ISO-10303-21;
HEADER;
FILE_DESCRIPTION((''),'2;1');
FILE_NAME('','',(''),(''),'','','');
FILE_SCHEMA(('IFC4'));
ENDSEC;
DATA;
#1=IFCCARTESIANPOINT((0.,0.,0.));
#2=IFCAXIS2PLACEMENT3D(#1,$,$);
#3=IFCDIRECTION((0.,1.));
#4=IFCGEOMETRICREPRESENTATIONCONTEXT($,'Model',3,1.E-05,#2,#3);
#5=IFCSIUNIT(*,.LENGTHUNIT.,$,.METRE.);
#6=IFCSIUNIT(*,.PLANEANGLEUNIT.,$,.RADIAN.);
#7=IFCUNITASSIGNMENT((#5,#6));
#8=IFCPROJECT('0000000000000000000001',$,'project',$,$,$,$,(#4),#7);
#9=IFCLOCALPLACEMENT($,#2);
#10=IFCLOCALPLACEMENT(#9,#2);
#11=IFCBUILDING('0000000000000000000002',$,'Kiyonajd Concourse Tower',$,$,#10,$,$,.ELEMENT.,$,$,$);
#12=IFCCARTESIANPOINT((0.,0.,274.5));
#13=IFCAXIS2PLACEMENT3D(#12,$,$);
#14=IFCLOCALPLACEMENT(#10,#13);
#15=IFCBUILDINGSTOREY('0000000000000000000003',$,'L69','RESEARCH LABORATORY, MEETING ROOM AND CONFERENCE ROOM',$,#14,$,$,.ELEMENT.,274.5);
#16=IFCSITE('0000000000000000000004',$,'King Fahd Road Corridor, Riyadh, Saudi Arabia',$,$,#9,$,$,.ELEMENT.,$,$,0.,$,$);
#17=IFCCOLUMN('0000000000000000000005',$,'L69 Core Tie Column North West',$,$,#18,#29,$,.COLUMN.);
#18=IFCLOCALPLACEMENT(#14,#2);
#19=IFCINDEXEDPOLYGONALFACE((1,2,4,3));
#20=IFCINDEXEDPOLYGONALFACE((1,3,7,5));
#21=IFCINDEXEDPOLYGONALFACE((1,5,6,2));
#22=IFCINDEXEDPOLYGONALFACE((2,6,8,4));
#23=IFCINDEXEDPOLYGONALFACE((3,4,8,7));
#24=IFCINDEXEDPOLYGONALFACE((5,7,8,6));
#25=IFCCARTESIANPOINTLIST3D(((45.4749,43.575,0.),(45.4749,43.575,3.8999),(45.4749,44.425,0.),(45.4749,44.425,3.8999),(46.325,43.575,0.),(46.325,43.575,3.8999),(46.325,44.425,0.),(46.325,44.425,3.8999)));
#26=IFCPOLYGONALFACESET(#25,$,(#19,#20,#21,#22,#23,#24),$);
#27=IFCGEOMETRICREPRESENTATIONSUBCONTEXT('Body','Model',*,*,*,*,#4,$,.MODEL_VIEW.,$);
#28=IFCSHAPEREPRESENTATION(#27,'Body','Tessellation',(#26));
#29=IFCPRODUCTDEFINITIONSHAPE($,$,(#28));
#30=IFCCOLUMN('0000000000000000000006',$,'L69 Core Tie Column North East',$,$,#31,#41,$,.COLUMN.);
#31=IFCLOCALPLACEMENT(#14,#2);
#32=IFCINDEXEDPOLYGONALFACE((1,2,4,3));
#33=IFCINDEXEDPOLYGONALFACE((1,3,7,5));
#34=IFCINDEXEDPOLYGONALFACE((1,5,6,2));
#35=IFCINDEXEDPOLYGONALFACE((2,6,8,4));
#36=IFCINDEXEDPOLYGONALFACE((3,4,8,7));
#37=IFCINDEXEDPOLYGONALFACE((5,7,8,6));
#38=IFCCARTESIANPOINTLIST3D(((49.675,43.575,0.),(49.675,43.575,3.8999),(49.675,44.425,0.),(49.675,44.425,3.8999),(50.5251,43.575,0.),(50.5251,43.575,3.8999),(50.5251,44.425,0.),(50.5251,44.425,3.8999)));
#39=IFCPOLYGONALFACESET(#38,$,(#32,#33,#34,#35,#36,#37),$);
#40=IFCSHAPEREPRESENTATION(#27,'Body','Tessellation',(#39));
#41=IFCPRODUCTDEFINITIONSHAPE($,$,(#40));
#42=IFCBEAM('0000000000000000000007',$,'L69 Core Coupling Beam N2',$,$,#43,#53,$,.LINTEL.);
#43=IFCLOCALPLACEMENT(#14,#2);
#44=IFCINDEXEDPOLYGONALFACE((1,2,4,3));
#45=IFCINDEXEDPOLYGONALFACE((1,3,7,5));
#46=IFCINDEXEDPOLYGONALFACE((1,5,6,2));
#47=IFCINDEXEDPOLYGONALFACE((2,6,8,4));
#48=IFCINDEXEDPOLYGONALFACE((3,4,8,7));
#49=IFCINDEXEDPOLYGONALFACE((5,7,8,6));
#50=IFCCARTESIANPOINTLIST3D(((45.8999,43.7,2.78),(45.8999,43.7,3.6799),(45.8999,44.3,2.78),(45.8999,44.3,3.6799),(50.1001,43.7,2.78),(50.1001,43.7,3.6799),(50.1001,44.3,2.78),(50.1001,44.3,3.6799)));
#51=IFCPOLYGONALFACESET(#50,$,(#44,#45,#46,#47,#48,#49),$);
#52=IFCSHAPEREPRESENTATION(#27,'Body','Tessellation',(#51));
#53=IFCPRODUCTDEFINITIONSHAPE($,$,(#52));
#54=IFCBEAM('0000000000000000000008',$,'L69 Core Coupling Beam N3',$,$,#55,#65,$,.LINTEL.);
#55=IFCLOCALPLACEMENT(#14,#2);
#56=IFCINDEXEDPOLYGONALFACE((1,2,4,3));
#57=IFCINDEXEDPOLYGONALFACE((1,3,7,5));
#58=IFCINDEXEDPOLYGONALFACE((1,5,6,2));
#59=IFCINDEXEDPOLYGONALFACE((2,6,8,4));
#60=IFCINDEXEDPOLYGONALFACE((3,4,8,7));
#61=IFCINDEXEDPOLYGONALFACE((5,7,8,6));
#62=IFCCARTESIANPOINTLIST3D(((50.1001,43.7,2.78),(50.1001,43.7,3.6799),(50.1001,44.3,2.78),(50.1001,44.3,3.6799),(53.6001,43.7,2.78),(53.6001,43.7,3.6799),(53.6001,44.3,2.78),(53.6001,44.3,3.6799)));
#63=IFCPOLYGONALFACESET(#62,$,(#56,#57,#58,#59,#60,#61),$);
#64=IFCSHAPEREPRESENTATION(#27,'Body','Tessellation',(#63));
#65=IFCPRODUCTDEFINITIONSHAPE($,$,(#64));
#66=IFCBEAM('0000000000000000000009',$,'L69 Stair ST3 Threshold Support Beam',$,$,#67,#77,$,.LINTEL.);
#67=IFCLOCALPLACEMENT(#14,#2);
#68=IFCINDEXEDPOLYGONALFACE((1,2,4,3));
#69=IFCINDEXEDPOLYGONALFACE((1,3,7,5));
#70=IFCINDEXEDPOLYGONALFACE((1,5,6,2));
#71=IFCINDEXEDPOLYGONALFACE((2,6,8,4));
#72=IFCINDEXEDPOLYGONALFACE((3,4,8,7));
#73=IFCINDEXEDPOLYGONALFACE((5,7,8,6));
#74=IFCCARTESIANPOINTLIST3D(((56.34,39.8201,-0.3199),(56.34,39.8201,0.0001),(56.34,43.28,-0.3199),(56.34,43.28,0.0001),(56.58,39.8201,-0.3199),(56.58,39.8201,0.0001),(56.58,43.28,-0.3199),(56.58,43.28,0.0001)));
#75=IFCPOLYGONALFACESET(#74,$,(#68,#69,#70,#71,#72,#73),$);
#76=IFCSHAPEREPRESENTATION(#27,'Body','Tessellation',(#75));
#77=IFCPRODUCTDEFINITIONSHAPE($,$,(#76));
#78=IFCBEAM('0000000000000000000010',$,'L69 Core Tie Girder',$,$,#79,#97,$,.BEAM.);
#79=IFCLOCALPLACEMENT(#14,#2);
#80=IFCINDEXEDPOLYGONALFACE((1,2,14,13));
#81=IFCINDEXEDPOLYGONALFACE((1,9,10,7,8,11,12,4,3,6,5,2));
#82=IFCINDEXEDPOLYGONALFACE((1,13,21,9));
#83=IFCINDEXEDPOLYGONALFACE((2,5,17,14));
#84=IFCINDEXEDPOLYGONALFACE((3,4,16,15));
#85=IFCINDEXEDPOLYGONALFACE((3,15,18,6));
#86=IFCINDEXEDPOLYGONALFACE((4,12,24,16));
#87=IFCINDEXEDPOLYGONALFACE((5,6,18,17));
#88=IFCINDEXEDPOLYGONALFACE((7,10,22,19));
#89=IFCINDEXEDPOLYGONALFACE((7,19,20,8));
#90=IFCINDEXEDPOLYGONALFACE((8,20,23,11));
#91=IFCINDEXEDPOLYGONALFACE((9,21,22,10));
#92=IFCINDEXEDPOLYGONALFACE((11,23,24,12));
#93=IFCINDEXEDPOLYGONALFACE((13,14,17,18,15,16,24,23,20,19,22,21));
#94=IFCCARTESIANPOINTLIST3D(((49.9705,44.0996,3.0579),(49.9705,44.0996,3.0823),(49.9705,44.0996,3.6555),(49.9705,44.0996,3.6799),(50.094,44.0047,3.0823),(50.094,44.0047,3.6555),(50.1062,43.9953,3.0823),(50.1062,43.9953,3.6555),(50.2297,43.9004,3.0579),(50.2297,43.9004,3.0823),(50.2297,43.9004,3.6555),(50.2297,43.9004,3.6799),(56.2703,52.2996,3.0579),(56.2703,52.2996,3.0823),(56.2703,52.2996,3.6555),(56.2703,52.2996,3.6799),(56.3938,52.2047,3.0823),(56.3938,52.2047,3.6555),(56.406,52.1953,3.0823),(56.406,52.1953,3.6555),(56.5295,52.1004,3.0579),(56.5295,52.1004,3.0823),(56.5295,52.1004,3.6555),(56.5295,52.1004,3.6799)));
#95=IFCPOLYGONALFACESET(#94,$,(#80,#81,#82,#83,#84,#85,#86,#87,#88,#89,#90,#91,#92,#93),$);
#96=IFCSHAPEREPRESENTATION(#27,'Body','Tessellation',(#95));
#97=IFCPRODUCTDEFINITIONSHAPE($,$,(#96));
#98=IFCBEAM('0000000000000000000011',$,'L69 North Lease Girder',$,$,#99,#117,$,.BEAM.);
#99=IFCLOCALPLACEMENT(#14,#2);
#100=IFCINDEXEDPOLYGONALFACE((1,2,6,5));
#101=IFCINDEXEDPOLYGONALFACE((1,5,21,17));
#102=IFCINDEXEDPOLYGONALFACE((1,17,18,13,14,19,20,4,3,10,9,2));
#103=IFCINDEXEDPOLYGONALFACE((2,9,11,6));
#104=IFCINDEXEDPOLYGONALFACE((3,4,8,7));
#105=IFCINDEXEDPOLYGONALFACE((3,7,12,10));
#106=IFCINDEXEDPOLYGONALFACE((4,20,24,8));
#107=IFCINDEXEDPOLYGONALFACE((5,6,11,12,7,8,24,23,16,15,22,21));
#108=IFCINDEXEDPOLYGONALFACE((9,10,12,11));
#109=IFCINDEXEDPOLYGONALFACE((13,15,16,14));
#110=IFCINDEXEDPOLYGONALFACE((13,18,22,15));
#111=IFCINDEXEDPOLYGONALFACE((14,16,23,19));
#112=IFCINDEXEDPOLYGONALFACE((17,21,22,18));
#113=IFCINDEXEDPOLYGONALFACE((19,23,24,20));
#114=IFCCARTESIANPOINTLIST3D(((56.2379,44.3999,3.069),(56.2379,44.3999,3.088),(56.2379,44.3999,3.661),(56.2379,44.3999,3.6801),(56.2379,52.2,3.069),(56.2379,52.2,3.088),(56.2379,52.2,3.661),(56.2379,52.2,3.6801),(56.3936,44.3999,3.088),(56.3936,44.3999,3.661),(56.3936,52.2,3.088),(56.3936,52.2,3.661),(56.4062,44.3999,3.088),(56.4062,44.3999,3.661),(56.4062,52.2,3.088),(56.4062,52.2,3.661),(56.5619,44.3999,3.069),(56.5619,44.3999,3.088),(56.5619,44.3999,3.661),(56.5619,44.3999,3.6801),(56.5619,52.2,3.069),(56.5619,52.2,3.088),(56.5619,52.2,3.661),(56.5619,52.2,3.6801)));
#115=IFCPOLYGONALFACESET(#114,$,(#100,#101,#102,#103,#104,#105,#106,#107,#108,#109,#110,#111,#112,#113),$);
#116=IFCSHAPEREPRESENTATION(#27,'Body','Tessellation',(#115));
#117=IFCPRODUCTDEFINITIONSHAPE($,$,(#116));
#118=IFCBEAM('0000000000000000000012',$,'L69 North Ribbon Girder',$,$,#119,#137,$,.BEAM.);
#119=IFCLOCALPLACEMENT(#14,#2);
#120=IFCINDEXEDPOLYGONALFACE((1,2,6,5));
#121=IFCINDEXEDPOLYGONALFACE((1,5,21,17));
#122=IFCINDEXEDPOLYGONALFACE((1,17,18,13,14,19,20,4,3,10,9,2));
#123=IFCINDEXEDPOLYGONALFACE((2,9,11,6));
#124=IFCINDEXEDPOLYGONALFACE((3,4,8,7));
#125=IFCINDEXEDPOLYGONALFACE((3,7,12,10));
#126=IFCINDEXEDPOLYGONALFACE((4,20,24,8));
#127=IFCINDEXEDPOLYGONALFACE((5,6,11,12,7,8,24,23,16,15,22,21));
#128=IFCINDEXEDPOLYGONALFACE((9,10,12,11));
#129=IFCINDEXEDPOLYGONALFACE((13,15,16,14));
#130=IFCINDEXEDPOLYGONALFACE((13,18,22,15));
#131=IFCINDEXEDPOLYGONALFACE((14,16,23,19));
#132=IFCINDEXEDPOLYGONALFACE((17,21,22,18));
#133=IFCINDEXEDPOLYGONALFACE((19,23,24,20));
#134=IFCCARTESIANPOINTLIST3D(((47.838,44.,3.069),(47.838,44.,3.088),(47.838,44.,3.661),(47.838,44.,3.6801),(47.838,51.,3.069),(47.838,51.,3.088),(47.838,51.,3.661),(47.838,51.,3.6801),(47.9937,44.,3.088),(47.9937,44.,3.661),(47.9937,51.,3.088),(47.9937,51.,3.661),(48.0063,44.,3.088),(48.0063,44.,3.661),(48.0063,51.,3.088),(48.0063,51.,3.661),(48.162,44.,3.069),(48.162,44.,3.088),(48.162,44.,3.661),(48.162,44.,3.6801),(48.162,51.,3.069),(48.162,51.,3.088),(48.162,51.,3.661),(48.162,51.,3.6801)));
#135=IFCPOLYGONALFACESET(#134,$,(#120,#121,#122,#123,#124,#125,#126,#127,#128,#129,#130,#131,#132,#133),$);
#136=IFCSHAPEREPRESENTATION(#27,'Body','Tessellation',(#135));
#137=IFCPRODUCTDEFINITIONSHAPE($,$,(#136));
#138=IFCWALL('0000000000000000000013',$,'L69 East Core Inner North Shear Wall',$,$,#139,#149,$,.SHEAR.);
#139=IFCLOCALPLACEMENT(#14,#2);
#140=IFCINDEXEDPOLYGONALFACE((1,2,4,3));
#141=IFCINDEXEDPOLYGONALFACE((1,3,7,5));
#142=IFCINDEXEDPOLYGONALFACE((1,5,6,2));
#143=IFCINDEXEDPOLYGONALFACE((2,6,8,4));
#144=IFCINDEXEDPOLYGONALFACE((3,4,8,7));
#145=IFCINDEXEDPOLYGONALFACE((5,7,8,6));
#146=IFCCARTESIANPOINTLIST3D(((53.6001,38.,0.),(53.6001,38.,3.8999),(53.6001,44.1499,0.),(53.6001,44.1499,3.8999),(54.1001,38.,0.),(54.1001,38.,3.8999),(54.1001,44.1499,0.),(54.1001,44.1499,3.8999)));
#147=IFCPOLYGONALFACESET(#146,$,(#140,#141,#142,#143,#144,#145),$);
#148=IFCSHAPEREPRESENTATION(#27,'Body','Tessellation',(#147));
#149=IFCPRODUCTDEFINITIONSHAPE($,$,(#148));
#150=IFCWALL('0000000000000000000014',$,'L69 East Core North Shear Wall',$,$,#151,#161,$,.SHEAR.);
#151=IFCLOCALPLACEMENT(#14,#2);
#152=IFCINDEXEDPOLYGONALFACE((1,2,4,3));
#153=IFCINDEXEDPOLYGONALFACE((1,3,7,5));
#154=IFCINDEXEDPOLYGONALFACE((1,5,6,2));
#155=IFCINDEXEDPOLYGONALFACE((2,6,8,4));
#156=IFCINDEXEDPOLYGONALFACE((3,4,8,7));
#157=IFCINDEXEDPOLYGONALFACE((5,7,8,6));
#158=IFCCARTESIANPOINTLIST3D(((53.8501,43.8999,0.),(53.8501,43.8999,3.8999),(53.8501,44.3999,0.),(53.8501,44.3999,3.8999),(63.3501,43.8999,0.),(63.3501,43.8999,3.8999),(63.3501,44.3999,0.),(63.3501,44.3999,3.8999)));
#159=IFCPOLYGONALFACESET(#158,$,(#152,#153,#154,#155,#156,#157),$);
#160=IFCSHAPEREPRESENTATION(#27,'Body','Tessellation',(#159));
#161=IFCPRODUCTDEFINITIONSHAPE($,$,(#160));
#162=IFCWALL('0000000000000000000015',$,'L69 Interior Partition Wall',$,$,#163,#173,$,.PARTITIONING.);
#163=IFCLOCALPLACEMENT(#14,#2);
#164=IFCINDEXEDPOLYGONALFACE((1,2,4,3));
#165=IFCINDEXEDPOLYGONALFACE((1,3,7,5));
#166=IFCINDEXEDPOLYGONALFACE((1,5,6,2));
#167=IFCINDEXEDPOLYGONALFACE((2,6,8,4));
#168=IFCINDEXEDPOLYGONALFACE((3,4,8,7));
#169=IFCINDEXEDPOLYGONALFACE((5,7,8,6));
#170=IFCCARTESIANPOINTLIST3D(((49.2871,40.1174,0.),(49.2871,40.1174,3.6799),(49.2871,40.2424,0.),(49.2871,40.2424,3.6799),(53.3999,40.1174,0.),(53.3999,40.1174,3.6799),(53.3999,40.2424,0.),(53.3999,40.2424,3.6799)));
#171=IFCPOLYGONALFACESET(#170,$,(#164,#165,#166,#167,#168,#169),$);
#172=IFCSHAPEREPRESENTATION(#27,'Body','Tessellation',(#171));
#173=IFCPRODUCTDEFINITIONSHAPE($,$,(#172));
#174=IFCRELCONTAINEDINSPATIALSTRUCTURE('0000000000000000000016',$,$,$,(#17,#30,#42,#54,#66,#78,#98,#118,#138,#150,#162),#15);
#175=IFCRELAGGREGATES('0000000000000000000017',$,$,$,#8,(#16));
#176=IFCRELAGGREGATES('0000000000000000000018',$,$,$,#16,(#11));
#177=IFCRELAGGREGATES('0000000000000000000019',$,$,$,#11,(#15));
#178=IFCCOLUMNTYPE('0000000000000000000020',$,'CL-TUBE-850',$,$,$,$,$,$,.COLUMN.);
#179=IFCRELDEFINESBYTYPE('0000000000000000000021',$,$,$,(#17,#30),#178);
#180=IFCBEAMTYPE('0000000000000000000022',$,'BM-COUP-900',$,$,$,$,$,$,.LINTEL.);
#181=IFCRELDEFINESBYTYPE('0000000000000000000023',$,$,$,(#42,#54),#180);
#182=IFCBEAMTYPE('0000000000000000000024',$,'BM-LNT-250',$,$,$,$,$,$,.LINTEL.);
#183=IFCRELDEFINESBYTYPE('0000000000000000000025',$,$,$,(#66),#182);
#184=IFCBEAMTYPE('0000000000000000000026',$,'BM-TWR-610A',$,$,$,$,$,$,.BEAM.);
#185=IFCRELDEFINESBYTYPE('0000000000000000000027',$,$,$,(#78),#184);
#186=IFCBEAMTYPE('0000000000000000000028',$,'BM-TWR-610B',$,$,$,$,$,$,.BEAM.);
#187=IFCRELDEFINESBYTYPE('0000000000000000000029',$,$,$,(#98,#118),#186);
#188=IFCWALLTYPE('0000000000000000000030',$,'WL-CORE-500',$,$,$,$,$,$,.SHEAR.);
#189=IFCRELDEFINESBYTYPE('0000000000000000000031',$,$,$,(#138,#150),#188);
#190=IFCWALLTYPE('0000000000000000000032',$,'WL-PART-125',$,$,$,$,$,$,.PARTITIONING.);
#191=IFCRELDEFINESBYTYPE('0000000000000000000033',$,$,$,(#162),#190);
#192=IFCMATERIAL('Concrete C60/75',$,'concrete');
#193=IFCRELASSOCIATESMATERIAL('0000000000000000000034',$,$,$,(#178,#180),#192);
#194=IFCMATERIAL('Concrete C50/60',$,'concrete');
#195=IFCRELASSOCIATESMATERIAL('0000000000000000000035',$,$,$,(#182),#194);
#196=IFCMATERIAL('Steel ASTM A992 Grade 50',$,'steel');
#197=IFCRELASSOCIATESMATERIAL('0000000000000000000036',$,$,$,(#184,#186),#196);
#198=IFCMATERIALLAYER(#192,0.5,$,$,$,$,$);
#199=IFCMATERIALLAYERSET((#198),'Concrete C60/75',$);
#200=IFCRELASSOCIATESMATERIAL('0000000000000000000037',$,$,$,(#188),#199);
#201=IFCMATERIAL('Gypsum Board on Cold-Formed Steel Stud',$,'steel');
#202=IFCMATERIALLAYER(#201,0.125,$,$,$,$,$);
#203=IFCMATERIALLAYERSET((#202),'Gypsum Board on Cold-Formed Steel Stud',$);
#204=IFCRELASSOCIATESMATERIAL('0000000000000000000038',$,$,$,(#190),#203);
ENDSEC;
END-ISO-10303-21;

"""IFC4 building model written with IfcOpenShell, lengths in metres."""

from ifc_helpers import new_model, si_unit, direction, frame, frame_2d, origin, origin_2d, place, context, subcontext, project, spatial, rectangle, i_section, extrude, material, layer, layer_set, material_profile, profile_set, type_object, element, save


model = new_model("IFC4")

# Units and contexts
model_context = context("Model", 3, precision=1e-05, world=origin(), true_north=direction((0.0, 1.0)))
body_context = subcontext(model_context, "Body", "Model", "MODEL_VIEW")
ifc_project = project(units=[si_unit("LENGTHUNIT", "METRE"), si_unit("PLANEANGLEUNIT", "RADIAN")], contexts=[model_context])

# Site, building, storey
site_placement = place(None, origin())
site = spatial("IfcSite", under=ifc_project, at=site_placement, Name="King Fahd Road Corridor, Riyadh, Saudi Arabia", CompositionType="ELEMENT", RefElevation=0.0)
building_placement = place(site_placement, origin())
building = spatial("IfcBuilding", under=site, at=building_placement, Name="Kiyonajd Concourse Tower", CompositionType="ELEMENT")
storey_placement = place(building_placement, frame((0.0, 0.0, 274.5)))
storey = spatial("IfcBuildingStorey", under=building, at=storey_placement, Name="L69", Description="RESEARCH LABORATORY, MEETING ROOM AND CONFERENCE ROOM", CompositionType="ELEMENT", Elevation=274.5)

# Columns
ifc_material_1 = material(Name="Concrete C60/75", Category="concrete")
ifc_material_profile_1 = material_profile(ifc_material_1, rectangle(XDim=0.8501, YDim=0.8501, at=origin_2d()), Name="RC-850x850")
ifc_profile_set_1 = profile_set([ifc_material_profile_1], Name="Concrete C60/75")
column_type = type_object("IfcColumnType", Name="CL-TUBE-850", PredefinedType="COLUMN", material=ifc_profile_set_1)
for number, where, z_axis, x_axis, name in (
    (1, (45.8999, 44.0, 0.0), (0.0, 0.0, 1.0), (1.0, 0.0, 0.0), "L69 Core Tie Column North West"),
    (2, (50.1001, 44.0, 0.0), (0.0, 0.0, 1.0), (1.0, 0.0, 0.0), "L69 Core Tie Column North East"),
):
    element("IfcColumn", number, at=place(storey_placement, frame(where, z_axis=z_axis, x_axis=x_axis)), inside=storey, type_object=column_type, Name=name, PredefinedType="COLUMN", context=body_context, shape_type="SweptSolid", body=[
        extrude(rectangle(XDim=0.8501, YDim=0.8501, at=origin_2d()), origin(), (0.0, 0.0, 1.0), 3.8999),
    ])

# Beams
ifc_material_profile_2 = material_profile(ifc_material_1, rectangle(XDim=0.6001, YDim=0.8999, at=origin_2d()), Name="RCBM-600x900")
ifc_profile_set_2 = profile_set([ifc_material_profile_2], Name="Concrete C60/75")
beam_type_1 = type_object("IfcBeamType", Name="BM-COUP-900", PredefinedType="LINTEL", material=ifc_profile_set_2)
beam_1_placement = place(storey_placement, frame((45.8999, 44.0, 3.23), z_axis=(1.0, 0.0, 0.0), x_axis=(0.0, 1.0, 0.0)))
element("IfcBeam", 3, at=beam_1_placement, inside=storey, type_object=beam_type_1, Name="L69 Core Coupling Beam N2", PredefinedType="LINTEL", context=body_context, shape_type="SweptSolid", body=[
    extrude(rectangle(XDim=0.6001, YDim=0.8999, at=origin_2d()), origin(), (0.0, 0.0, 1.0), 4.2002),
])
beam_2_placement = place(storey_placement, frame((50.1001, 44.0, 3.23), z_axis=(1.0, 0.0, 0.0), x_axis=(0.0, 1.0, 0.0)))
element("IfcBeam", 4, at=beam_2_placement, inside=storey, type_object=beam_type_1, Name="L69 Core Coupling Beam N3", PredefinedType="LINTEL", context=body_context, shape_type="SweptSolid", body=[
    extrude(rectangle(XDim=0.6001, YDim=0.8999, at=origin_2d()), origin(), (0.0, 0.0, 1.0), 3.5),
])
ifc_material_2 = material(Name="Concrete C50/60", Category="concrete")
ifc_material_profile_3 = material_profile(ifc_material_2, rectangle(XDim=0.24, YDim=0.3201, at=origin_2d()), Name="RCBM-240x320")
ifc_profile_set_3 = profile_set([ifc_material_profile_3], Name="Concrete C50/60")
beam_type_2 = type_object("IfcBeamType", Name="BM-LNT-250", PredefinedType="LINTEL", material=ifc_profile_set_3)
beam_3_placement = place(storey_placement, frame((56.46, 39.8201, -0.1599), z_axis=(0.0, 1.0, 0.0), x_axis=(-1.0, 0.0, 0.0)))
element("IfcBeam", 5, at=beam_3_placement, inside=storey, type_object=beam_type_2, Name="L69 Stair ST3 Threshold Support Beam", PredefinedType="LINTEL", context=body_context, shape_type="SweptSolid", body=[
    extrude(rectangle(XDim=0.24, YDim=0.3201, at=origin_2d()), origin(), (0.0, 0.0, 1.0), 3.46),
])
ifc_material_3 = material(Name="Steel ASTM A992 Grade 50", Category="steel")
ifc_material_profile_4 = material_profile(ifc_material_3, i_section(OverallWidth=0.3269, OverallDepth=0.6221, WebThickness=0.0154, FlangeThickness=0.0244, at=origin_2d()), Name="W610X195")
ifc_profile_set_4 = profile_set([ifc_material_profile_4], Name="Steel ASTM A992 Grade 50")
beam_type_3 = type_object("IfcBeamType", Name="BM-TWR-610A", PredefinedType="BEAM", material=ifc_profile_set_4)
beam_4_placement = place(storey_placement, frame((50.1001, 44.0, 3.3689), z_axis=(0.609234, 0.792991, 0.0), x_axis=(-0.792991, 0.609234, 0.0)))
element("IfcBeam", 6, at=beam_4_placement, inside=storey, type_object=beam_type_3, Name="L69 Core Tie Girder", PredefinedType="BEAM", context=body_context, shape_type="SweptSolid", body=[
    extrude(i_section(OverallWidth=0.3269, OverallDepth=0.6221, WebThickness=0.0154, FlangeThickness=0.0244, at=origin_2d()), origin(), (0.0, 0.0, 1.0), 10.3406),
])
ifc_material_profile_5 = material_profile(ifc_material_3, i_section(OverallWidth=0.324, OverallDepth=0.6111, WebThickness=0.0127, FlangeThickness=0.019, at=origin_2d()), Name="W610X155")
ifc_profile_set_5 = profile_set([ifc_material_profile_5], Name="Steel ASTM A992 Grade 50")
beam_type_4 = type_object("IfcBeamType", Name="BM-TWR-610B", PredefinedType="BEAM", material=ifc_profile_set_5)
beam_5_placement = place(storey_placement, frame((56.3999, 44.3999, 3.3745), z_axis=(0.0, 1.0, 0.0), x_axis=(-1.0, 0.0, 0.0)))
element("IfcBeam", 7, at=beam_5_placement, inside=storey, type_object=beam_type_4, Name="L69 North Lease Girder", PredefinedType="BEAM", context=body_context, shape_type="SweptSolid", body=[
    extrude(i_section(OverallWidth=0.324, OverallDepth=0.6111, WebThickness=0.0127, FlangeThickness=0.019, at=origin_2d()), origin(), (0.0, 0.0, 1.0), 7.8),
])
beam_6_placement = place(storey_placement, frame((48.0, 44.0, 3.3745), z_axis=(0.0, 1.0, 0.0), x_axis=(-1.0, 0.0, 0.0)))
element("IfcBeam", 8, at=beam_6_placement, inside=storey, type_object=beam_type_4, Name="L69 North Ribbon Girder", PredefinedType="BEAM", context=body_context, shape_type="SweptSolid", body=[
    extrude(i_section(OverallWidth=0.324, OverallDepth=0.6111, WebThickness=0.0127, FlangeThickness=0.019, at=origin_2d()), origin(), (0.0, 0.0, 1.0), 7.0),
])

# Walls
ifc_layer_1 = layer(ifc_material_1, 0.5)
ifc_layer_set_1 = layer_set([ifc_layer_1], Name="Concrete C60/75")
wall_type_1 = type_object("IfcWallType", Name="WL-CORE-500", PredefinedType="SHEAR", material=ifc_layer_set_1)
wall_1_placement = place(storey_placement, frame((53.8501, 38.0, 0.0), z_axis=(0.0, 0.0, 1.0), x_axis=(0.0, 1.0, 0.0)))
element("IfcWall", 9, at=wall_1_placement, inside=storey, type_object=wall_type_1, Name="L69 East Core Inner North Shear Wall", PredefinedType="SHEAR", context=body_context, shape_type="SweptSolid", body=[
    extrude(rectangle(XDim=6.1499, YDim=0.5, at=frame_2d((3.075, 0.0))), origin(), (0.0, 0.0, 1.0), 3.8999),
])
wall_2_placement = place(storey_placement, frame((53.8501, 44.1499, 0.0), z_axis=(0.0, 0.0, 1.0), x_axis=(1.0, 0.0, 0.0)))
element("IfcWall", 10, at=wall_2_placement, inside=storey, type_object=wall_type_1, Name="L69 East Core North Shear Wall", PredefinedType="SHEAR", context=body_context, shape_type="SweptSolid", body=[
    extrude(rectangle(XDim=9.5, YDim=0.5, at=frame_2d((4.75, 0.0))), origin(), (0.0, 0.0, 1.0), 3.8999),
])
ifc_material_4 = material(Name="Gypsum Board on Cold-Formed Steel Stud", Category="steel")
ifc_layer_2 = layer(ifc_material_4, 0.125)
ifc_layer_set_2 = layer_set([ifc_layer_2], Name="Gypsum Board on Cold-Formed Steel Stud")
wall_type_2 = type_object("IfcWallType", Name="WL-PART-125", PredefinedType="PARTITIONING", material=ifc_layer_set_2)
wall_3_placement = place(storey_placement, frame((49.2871, 40.1799, 0.0), z_axis=(0.0, 0.0, 1.0), x_axis=(1.0, 0.0, 0.0)))
element("IfcWall", 11, at=wall_3_placement, inside=storey, type_object=wall_type_2, Name="L69 Interior Partition Wall", PredefinedType="PARTITIONING", context=body_context, shape_type="SweptSolid", body=[
    extrude(rectangle(XDim=4.1128, YDim=0.125, at=frame_2d((2.0564, 0.0))), origin(), (0.0, 0.0, 1.0), 3.6799),
])

save(model, "model.ifc")
